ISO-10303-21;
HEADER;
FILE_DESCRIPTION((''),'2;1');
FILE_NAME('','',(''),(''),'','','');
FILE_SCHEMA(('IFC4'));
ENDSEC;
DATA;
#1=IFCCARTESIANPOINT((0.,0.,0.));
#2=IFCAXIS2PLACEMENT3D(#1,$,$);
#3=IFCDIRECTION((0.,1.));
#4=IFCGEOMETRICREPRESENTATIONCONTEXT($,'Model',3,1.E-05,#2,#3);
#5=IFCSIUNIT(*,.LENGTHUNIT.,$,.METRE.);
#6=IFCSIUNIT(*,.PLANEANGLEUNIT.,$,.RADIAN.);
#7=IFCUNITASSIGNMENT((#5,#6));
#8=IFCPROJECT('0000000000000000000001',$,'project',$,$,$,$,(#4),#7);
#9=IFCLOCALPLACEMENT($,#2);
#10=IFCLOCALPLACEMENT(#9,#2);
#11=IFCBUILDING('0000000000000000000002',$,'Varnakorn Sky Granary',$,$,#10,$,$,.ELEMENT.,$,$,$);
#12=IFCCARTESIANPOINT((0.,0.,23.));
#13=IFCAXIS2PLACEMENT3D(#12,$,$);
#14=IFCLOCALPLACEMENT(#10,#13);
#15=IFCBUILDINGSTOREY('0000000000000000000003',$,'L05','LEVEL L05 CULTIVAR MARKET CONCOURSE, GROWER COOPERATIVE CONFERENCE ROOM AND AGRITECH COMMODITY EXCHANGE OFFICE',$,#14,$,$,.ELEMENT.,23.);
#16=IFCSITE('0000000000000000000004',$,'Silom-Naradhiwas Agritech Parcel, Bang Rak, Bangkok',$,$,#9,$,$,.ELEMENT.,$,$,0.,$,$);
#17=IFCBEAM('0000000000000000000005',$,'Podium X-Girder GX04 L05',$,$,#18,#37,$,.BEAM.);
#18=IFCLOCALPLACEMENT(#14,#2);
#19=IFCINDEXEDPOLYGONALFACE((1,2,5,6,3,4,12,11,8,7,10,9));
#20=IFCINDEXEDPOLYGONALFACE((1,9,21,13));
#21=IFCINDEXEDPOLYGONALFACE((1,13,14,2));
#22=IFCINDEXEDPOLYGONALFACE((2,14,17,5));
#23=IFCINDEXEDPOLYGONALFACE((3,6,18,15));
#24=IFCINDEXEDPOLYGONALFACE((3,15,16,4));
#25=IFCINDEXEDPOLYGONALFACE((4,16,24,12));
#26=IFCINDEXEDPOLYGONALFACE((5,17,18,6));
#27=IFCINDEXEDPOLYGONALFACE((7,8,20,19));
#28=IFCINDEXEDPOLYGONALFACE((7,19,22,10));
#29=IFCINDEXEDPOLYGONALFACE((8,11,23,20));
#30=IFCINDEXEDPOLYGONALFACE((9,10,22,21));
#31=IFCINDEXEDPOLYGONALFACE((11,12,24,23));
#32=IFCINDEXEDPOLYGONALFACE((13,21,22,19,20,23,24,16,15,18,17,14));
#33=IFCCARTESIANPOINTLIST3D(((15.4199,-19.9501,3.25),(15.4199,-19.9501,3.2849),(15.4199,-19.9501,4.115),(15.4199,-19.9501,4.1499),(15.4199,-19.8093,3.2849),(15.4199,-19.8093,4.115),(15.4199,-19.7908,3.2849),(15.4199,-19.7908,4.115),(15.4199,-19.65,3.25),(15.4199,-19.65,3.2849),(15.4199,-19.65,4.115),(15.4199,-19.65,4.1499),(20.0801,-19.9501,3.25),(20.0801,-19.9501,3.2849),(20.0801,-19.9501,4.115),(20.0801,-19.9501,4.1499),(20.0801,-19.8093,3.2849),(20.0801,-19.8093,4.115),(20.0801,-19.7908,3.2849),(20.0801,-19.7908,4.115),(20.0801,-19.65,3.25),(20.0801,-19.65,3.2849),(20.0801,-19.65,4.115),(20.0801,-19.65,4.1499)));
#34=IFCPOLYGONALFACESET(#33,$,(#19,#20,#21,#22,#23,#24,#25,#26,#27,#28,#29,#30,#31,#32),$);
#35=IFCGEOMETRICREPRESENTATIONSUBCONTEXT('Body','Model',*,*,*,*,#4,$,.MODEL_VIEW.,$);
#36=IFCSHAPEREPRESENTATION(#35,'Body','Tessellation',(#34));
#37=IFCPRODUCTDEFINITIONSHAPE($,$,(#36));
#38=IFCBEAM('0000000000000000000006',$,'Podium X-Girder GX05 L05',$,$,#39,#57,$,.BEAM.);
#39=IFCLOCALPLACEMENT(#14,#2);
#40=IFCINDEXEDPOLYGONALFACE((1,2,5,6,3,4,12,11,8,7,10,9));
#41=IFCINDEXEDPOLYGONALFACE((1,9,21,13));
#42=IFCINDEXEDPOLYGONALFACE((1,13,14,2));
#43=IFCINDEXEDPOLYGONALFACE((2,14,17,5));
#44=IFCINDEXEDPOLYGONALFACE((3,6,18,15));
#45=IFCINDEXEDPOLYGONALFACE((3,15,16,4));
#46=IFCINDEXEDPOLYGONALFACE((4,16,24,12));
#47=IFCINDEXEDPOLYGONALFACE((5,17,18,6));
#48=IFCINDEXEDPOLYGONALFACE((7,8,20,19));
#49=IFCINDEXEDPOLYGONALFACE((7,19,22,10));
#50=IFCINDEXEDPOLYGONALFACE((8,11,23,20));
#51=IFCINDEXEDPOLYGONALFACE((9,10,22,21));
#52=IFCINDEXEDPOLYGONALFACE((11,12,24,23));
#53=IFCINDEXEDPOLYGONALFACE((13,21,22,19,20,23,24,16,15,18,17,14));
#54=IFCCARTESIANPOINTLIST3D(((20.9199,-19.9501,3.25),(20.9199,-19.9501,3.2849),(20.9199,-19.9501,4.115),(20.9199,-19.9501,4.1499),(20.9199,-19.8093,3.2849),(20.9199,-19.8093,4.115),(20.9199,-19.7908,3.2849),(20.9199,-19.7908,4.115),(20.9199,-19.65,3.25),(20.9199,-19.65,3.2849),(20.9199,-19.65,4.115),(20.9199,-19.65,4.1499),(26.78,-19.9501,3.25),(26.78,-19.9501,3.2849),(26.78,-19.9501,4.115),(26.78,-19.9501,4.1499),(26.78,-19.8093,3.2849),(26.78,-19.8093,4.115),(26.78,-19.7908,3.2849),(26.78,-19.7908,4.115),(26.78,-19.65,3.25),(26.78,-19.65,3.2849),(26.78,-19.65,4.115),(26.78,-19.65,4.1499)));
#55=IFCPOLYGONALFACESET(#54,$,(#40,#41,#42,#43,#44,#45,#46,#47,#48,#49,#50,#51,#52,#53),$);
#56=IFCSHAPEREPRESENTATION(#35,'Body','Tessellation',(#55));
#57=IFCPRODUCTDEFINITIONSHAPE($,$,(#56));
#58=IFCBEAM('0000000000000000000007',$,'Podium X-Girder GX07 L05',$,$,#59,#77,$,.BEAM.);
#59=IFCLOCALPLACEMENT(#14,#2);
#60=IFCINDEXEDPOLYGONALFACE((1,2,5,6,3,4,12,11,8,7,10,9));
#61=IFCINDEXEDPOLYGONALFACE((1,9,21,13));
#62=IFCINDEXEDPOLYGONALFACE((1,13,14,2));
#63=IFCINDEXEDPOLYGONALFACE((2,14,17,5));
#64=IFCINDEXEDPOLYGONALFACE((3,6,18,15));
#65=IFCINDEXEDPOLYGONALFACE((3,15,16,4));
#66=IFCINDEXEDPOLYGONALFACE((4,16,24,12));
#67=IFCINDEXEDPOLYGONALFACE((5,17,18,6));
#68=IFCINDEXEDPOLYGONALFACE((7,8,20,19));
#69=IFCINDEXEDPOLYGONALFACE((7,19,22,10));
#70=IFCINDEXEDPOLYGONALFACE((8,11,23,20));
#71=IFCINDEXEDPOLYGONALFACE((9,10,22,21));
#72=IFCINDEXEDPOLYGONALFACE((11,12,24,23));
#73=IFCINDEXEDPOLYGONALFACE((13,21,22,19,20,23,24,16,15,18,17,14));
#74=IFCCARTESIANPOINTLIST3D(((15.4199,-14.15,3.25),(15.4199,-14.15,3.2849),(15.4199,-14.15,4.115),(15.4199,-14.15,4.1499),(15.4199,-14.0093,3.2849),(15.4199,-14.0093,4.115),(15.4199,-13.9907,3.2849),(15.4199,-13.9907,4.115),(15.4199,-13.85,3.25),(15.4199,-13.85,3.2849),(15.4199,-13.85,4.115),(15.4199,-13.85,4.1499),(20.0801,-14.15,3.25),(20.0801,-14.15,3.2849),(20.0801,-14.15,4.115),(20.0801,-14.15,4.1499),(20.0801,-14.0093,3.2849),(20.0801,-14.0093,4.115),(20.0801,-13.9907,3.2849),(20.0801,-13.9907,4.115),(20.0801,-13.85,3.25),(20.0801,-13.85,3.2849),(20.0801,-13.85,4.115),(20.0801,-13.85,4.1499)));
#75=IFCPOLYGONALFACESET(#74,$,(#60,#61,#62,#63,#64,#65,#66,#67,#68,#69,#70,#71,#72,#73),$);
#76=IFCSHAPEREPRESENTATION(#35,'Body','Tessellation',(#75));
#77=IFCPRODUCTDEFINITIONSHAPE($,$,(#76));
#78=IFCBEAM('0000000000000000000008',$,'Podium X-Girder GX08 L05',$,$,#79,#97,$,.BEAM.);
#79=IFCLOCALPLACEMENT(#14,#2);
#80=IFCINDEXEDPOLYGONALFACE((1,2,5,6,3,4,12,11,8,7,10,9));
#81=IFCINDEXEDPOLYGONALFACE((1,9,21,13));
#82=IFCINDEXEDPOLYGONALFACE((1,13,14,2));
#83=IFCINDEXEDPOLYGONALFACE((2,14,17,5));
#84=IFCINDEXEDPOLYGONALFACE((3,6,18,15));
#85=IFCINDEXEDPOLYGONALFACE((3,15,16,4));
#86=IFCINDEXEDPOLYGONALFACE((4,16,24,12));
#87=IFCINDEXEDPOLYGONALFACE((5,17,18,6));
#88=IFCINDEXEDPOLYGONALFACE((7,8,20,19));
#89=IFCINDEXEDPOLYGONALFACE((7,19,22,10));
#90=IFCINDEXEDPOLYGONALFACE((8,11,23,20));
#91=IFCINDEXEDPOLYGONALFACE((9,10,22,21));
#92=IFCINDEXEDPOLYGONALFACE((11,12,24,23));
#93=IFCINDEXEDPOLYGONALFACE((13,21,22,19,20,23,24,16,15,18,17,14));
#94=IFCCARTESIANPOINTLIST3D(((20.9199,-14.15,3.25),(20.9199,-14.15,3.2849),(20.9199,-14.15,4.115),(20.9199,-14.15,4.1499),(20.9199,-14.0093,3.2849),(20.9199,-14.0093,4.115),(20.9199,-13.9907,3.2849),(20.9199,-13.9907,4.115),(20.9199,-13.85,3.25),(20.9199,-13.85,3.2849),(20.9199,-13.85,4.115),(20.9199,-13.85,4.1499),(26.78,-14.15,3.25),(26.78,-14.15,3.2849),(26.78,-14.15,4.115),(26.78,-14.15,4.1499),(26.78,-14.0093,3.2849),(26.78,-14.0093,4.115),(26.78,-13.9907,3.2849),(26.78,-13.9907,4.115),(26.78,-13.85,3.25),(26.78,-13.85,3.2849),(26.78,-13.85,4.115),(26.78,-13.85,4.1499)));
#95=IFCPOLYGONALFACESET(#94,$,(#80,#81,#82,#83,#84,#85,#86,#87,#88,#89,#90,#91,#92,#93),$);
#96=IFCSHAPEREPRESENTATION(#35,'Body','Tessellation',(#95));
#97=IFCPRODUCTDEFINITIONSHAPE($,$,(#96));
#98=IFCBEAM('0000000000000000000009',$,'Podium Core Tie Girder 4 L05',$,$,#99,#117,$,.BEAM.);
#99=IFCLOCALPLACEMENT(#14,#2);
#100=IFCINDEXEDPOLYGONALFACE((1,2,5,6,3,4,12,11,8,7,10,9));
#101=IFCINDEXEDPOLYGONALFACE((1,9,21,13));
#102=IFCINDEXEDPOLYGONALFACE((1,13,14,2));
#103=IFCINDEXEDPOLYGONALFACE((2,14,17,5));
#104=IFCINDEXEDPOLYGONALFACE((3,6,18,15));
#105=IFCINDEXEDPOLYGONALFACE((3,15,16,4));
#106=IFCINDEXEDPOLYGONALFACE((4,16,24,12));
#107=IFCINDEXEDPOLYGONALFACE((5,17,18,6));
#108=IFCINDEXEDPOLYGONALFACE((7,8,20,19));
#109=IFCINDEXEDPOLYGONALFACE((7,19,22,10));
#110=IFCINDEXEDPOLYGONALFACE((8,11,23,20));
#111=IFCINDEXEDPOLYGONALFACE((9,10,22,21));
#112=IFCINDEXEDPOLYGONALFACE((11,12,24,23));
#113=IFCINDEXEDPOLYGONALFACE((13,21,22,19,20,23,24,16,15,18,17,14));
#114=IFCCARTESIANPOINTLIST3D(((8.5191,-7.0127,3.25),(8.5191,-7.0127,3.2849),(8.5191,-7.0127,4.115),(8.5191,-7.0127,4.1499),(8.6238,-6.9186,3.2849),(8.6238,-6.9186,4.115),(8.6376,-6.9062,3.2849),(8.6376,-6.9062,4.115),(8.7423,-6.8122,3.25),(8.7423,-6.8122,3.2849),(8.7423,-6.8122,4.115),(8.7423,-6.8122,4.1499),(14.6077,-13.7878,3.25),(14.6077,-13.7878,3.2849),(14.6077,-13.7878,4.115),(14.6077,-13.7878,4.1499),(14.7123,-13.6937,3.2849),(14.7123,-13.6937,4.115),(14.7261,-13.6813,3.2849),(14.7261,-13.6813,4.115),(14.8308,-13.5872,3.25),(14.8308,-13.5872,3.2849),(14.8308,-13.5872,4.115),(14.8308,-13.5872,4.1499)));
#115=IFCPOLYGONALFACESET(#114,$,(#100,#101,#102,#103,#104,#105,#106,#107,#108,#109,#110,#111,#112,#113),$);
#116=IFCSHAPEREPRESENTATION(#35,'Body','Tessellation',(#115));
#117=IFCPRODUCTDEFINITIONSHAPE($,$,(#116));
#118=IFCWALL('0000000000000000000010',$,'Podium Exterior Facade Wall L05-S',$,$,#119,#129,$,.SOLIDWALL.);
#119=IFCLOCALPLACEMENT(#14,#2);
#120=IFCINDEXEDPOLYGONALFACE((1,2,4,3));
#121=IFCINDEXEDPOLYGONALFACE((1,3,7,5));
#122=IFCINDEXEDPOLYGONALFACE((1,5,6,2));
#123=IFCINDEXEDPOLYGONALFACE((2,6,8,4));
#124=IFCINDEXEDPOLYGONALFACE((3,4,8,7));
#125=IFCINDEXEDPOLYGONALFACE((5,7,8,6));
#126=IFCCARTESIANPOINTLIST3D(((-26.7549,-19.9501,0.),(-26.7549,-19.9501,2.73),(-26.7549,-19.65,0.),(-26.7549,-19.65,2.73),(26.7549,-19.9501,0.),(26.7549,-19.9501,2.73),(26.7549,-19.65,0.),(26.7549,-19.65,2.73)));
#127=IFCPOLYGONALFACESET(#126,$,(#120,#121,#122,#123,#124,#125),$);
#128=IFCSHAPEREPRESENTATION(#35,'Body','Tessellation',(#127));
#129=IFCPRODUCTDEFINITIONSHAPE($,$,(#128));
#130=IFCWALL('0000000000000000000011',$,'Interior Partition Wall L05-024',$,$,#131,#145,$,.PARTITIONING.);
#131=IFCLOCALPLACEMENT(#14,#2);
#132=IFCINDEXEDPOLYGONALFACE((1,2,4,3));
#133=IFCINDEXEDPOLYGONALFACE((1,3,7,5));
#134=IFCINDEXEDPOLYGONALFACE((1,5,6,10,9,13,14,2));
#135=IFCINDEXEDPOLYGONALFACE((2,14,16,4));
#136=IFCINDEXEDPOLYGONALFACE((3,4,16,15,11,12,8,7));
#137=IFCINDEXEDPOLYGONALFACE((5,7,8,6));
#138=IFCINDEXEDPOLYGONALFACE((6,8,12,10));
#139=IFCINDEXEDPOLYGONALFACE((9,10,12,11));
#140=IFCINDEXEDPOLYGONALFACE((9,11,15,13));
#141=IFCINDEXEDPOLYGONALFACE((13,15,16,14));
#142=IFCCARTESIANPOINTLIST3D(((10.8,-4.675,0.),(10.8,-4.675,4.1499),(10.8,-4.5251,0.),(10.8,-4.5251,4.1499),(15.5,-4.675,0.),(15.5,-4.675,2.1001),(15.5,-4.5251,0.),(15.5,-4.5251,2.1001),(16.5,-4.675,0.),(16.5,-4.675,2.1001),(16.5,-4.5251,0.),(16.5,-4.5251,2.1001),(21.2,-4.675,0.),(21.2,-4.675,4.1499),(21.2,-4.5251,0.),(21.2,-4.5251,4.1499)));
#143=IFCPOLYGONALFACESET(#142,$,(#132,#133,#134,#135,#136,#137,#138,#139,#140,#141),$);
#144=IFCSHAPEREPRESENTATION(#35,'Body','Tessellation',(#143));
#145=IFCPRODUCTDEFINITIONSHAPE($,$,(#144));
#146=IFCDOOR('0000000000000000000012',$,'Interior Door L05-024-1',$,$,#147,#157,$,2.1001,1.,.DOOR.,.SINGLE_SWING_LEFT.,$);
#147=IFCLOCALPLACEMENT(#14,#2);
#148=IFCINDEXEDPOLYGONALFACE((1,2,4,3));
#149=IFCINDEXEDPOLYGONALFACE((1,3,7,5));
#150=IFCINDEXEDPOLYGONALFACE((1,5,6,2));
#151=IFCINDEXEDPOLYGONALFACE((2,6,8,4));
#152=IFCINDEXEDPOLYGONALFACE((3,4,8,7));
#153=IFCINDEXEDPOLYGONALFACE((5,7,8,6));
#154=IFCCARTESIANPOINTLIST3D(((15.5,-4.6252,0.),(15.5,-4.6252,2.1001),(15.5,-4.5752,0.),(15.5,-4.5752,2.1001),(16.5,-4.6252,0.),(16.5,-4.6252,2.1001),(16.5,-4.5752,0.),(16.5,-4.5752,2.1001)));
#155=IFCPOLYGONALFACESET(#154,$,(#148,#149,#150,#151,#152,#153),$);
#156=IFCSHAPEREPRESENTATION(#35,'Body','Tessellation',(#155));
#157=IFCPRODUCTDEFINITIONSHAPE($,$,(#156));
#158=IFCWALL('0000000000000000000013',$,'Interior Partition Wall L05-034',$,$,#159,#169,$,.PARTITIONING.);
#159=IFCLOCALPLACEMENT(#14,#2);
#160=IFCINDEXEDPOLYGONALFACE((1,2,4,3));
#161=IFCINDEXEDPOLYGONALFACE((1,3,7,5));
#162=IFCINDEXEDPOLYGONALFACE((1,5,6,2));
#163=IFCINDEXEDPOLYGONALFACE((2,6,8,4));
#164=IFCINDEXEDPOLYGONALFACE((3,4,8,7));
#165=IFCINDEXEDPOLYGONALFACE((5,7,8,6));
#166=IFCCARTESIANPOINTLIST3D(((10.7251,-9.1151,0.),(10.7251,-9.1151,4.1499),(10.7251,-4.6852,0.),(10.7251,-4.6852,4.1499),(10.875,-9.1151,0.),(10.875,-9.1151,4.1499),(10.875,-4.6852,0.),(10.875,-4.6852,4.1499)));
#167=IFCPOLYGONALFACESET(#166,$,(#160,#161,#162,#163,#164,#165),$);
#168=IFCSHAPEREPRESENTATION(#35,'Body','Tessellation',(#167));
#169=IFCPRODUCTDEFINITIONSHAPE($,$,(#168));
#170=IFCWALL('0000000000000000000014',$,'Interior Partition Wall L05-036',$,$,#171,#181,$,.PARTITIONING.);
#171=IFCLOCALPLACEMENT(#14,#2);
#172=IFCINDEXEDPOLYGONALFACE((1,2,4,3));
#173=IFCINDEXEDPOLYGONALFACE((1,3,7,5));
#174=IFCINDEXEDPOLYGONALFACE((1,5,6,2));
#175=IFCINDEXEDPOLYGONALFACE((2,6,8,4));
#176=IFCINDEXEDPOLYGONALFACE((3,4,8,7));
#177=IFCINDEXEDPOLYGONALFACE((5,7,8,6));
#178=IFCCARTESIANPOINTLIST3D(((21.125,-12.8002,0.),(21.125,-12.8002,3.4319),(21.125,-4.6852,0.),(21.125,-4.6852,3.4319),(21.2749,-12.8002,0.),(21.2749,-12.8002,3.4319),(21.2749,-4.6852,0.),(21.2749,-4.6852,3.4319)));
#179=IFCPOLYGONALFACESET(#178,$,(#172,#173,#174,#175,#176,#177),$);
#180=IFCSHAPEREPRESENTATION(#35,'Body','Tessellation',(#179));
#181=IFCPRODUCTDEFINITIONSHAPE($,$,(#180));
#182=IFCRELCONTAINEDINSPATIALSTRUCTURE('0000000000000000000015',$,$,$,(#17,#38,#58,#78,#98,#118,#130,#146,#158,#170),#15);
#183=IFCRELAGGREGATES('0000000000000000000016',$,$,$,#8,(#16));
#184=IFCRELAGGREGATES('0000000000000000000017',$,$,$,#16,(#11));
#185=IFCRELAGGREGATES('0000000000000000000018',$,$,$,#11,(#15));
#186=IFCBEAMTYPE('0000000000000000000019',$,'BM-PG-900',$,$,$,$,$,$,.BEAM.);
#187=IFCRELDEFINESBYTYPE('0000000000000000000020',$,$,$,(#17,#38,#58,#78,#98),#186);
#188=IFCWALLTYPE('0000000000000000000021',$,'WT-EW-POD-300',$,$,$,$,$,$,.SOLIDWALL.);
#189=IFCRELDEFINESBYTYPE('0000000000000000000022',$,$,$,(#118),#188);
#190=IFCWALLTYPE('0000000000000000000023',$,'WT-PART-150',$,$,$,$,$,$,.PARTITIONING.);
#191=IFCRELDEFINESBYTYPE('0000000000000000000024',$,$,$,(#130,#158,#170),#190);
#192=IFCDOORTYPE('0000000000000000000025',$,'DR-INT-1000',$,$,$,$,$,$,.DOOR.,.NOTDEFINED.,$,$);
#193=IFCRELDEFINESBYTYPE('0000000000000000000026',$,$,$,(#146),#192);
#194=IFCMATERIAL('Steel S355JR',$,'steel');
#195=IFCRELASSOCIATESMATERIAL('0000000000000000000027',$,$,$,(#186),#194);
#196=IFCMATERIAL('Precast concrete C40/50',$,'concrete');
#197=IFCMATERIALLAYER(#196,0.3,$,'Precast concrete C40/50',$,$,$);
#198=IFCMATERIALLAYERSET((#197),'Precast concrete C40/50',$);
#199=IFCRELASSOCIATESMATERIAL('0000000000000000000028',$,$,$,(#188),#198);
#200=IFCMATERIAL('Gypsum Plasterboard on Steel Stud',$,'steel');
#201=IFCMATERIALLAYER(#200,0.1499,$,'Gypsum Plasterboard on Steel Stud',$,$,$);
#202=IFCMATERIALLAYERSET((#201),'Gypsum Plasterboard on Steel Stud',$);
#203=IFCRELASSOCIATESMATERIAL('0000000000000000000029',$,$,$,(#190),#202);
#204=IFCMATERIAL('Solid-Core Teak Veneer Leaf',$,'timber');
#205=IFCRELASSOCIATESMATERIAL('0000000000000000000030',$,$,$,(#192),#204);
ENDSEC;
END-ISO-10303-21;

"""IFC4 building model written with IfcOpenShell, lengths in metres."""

from ifc_helpers import new_model, si_unit, direction, frame, frame_2d, origin, origin_2d, place, context, subcontext, project, spatial, rectangle, i_section, extrude, material, layer, layer_set, material_profile, profile_set, type_object, element, fill, save


model = new_model("IFC4")

# Units and contexts
model_context = context("Model", 3, precision=1e-05, world=origin(), true_north=direction((0.0, 1.0)))
body_context = subcontext(model_context, "Body", "Model", "MODEL_VIEW")
ifc_project = project(units=[si_unit("LENGTHUNIT", "METRE"), si_unit("PLANEANGLEUNIT", "RADIAN")], contexts=[model_context])

# Site, building, storey
site_placement = place(None, origin())
site = spatial("IfcSite", under=ifc_project, at=site_placement, Name="Silom-Naradhiwas Agritech Parcel, Bang Rak, Bangkok", CompositionType="ELEMENT", RefElevation=0.0)
building_placement = place(site_placement, origin())
building = spatial("IfcBuilding", under=site, at=building_placement, Name="Varnakorn Sky Granary", CompositionType="ELEMENT")
storey_placement = place(building_placement, frame((0.0, 0.0, 23.0)))
storey = spatial("IfcBuildingStorey", under=building, at=storey_placement, Name="L05", Description="LEVEL L05 CULTIVAR MARKET CONCOURSE, GROWER COOPERATIVE CONFERENCE ROOM AND AGRITECH COMMODITY EXCHANGE OFFICE", CompositionType="ELEMENT", Elevation=23.0)

# Beams
ifc_material_1 = material(Name="Steel S355JR", Category="steel")
ifc_material_profile_1 = material_profile(ifc_material_1, i_section(OverallWidth=0.3, OverallDepth=0.8999, WebThickness=0.0186, FlangeThickness=0.0349, at=origin_2d()), Name="HE 900 B")
ifc_profile_set_1 = profile_set([ifc_material_profile_1], Name="Steel S355JR")
beam_type_1 = type_object("IfcBeamType", Name="BM-PG-900", PredefinedType="BEAM", material=ifc_profile_set_1)
beam_1_placement = place(storey_placement, frame((15.4199, -19.8, 3.7), z_axis=(1.0, 0.0, 0.0), x_axis=(0.0, 1.0, 0.0)))
element("IfcBeam", 1, at=beam_1_placement, inside=storey, type_object=beam_type_1, Name="Podium X-Girder GX04 L05", PredefinedType="BEAM", context=body_context, shape_type="SweptSolid", body=[
    extrude(i_section(OverallWidth=0.3, OverallDepth=0.8999, WebThickness=0.0186, FlangeThickness=0.0349, at=origin_2d()), origin(), (0.0, 0.0, 1.0), 4.6602),
])
beam_2_placement = place(storey_placement, frame((20.9199, -19.8, 3.7), z_axis=(1.0, 0.0, 0.0), x_axis=(0.0, 1.0, 0.0)))
element("IfcBeam", 2, at=beam_2_placement, inside=storey, type_object=beam_type_1, Name="Podium X-Girder GX05 L05", PredefinedType="BEAM", context=body_context, shape_type="SweptSolid", body=[
    extrude(i_section(OverallWidth=0.3, OverallDepth=0.8999, WebThickness=0.0186, FlangeThickness=0.0349, at=origin_2d()), origin(), (0.0, 0.0, 1.0), 5.8601),
])
beam_3_placement = place(storey_placement, frame((15.4199, -14.0, 3.7), z_axis=(1.0, 0.0, 0.0), x_axis=(0.0, 1.0, 0.0)))
element("IfcBeam", 3, at=beam_3_placement, inside=storey, type_object=beam_type_1, Name="Podium X-Girder GX07 L05", PredefinedType="BEAM", context=body_context, shape_type="SweptSolid", body=[
    extrude(i_section(OverallWidth=0.3, OverallDepth=0.8999, WebThickness=0.0186, FlangeThickness=0.0349, at=origin_2d()), origin(), (0.0, 0.0, 1.0), 4.6602),
])
beam_4_placement = place(storey_placement, frame((20.9199, -14.0, 3.7), z_axis=(1.0, 0.0, 0.0), x_axis=(0.0, 1.0, 0.0)))
element("IfcBeam", 4, at=beam_4_placement, inside=storey, type_object=beam_type_1, Name="Podium X-Girder GX08 L05", PredefinedType="BEAM", context=body_context, shape_type="SweptSolid", body=[
    extrude(i_section(OverallWidth=0.3, OverallDepth=0.8999, WebThickness=0.0186, FlangeThickness=0.0349, at=origin_2d()), origin(), (0.0, 0.0, 1.0), 5.8601),
])
beam_5_placement = place(storey_placement, frame((14.7192, -13.6875, 3.7), z_axis=(-0.668418, 0.743786, 0.0), x_axis=(-0.743786, -0.668418, 0.0)))
element("IfcBeam", 5, at=beam_5_placement, inside=storey, type_object=beam_type_1, Name="Podium Core Tie Girder 4 L05", PredefinedType="BEAM", context=body_context, shape_type="SweptSolid", body=[
    extrude(i_section(OverallWidth=0.3, OverallDepth=0.8999, WebThickness=0.0186, FlangeThickness=0.0349, at=origin_2d()), origin(), (0.0, 0.0, 1.0), 9.1089),
])

# Wall
ifc_material_2 = material(Name="Precast concrete C40/50", Category="concrete")
ifc_layer_1 = layer(ifc_material_2, 0.3, Name="Precast concrete C40/50")
ifc_layer_set_1 = layer_set([ifc_layer_1], Name="Precast concrete C40/50")
wall_type_1 = type_object("IfcWallType", Name="WT-EW-POD-300", PredefinedType="SOLIDWALL", material=ifc_layer_set_1)
wall_1_placement = place(storey_placement, frame((26.7549, -19.8, 0.0), z_axis=(0.0, 0.0, 1.0), x_axis=(-1.0, 0.0, 0.0)))
element("IfcWall", 6, at=wall_1_placement, inside=storey, type_object=wall_type_1, Name="Podium Exterior Facade Wall L05-S", PredefinedType="SOLIDWALL", context=body_context, shape_type="SweptSolid", body=[
    extrude(rectangle(XDim=53.5098, YDim=0.3, at=frame_2d((26.7549, 0.0))), origin(), (0.0, 0.0, 1.0), 2.73),
])

# Wall, opening, door
ifc_material_3 = material(Name="Gypsum Plasterboard on Steel Stud", Category="steel")
ifc_layer_2 = layer(ifc_material_3, 0.1499, Name="Gypsum Plasterboard on Steel Stud")
ifc_layer_set_2 = layer_set([ifc_layer_2], Name="Gypsum Plasterboard on Steel Stud")
wall_type_2 = type_object("IfcWallType", Name="WT-PART-150", PredefinedType="PARTITIONING", material=ifc_layer_set_2)
wall_2_placement = place(storey_placement, frame((10.8, -4.6001, 0.0), z_axis=(0.0, 0.0, 1.0), x_axis=(1.0, 0.0, 0.0)))
wall_2 = element("IfcWall", 7, at=wall_2_placement, inside=storey, type_object=wall_type_2, Name="Interior Partition Wall L05-024", PredefinedType="PARTITIONING", context=body_context, shape_type="SweptSolid", body=[
    extrude(rectangle(XDim=10.3999, YDim=0.1499, at=frame_2d((5.2, 0.0))), origin(), (0.0, 0.0, 1.0), 4.1499),
])
opening_1_placement = place(wall_2_placement, frame((4.7, 0.0, 0.0)))
opening_1 = element("IfcOpeningElement", 8, at=opening_1_placement, cuts=wall_2, PredefinedType="OPENING", context=body_context, shape_type="SweptSolid", body=[
    extrude(rectangle(XDim=1.0, YDim=2.1001, at=frame_2d((0.5, 1.05))), frame((0.0, 0.085, 0.0), z_axis=(0.0, -1.0, 0.0), x_axis=(1.0, 0.0, 0.0)), (0.0, 0.0, 1.0), 0.1699),
])
ifc_material_4 = material(Name="Solid-Core Teak Veneer Leaf", Category="timber")
door_type = type_object("IfcDoorType", Name="DR-INT-1000", OperationType="NOTDEFINED", PredefinedType="DOOR", material=ifc_material_4)
door_1_placement = place(opening_1_placement, origin())
door_1 = element("IfcDoor", 9, at=door_1_placement, inside=storey, type_object=door_type, Name="Interior Door L05-024-1", OperationType="SINGLE_SWING_LEFT", OverallHeight=2.1001, OverallWidth=1.0, PredefinedType="DOOR", context=body_context, shape_type="SweptSolid", body=[
    extrude(rectangle(XDim=1.0, YDim=2.1001, at=frame_2d((0.5, 1.05))), frame((0.0, 0.0249, 0.0), z_axis=(0.0, -1.0, 0.0), x_axis=(1.0, 0.0, 0.0)), (0.0, 0.0, 1.0), 0.05),
])
fill(opening_1, door_1)

# Walls
wall_3_placement = place(storey_placement, frame((10.8, -9.115, 0.0), z_axis=(0.0, 0.0, 1.0), x_axis=(0.0, 1.0, 0.0)))
element("IfcWall", 10, at=wall_3_placement, inside=storey, type_object=wall_type_2, Name="Interior Partition Wall L05-034", PredefinedType="PARTITIONING", context=body_context, shape_type="SweptSolid", body=[
    extrude(rectangle(XDim=4.4299, YDim=0.1499, at=frame_2d((2.2148, 0.0))), origin(), (0.0, 0.0, 1.0), 4.1499),
])
wall_4_placement = place(storey_placement, frame((21.2, -4.6851, 0.0), z_axis=(0.0, 0.0, 1.0), x_axis=(0.0, -1.0, 0.0)))
element("IfcWall", 11, at=wall_4_placement, inside=storey, type_object=wall_type_2, Name="Interior Partition Wall L05-036", PredefinedType="PARTITIONING", context=body_context, shape_type="SweptSolid", body=[
    extrude(rectangle(XDim=8.115, YDim=0.1499, at=frame_2d((4.0576, 0.0))), origin(), (0.0, 0.0, 1.0), 3.4319),
])

save(model, "model.ifc")
